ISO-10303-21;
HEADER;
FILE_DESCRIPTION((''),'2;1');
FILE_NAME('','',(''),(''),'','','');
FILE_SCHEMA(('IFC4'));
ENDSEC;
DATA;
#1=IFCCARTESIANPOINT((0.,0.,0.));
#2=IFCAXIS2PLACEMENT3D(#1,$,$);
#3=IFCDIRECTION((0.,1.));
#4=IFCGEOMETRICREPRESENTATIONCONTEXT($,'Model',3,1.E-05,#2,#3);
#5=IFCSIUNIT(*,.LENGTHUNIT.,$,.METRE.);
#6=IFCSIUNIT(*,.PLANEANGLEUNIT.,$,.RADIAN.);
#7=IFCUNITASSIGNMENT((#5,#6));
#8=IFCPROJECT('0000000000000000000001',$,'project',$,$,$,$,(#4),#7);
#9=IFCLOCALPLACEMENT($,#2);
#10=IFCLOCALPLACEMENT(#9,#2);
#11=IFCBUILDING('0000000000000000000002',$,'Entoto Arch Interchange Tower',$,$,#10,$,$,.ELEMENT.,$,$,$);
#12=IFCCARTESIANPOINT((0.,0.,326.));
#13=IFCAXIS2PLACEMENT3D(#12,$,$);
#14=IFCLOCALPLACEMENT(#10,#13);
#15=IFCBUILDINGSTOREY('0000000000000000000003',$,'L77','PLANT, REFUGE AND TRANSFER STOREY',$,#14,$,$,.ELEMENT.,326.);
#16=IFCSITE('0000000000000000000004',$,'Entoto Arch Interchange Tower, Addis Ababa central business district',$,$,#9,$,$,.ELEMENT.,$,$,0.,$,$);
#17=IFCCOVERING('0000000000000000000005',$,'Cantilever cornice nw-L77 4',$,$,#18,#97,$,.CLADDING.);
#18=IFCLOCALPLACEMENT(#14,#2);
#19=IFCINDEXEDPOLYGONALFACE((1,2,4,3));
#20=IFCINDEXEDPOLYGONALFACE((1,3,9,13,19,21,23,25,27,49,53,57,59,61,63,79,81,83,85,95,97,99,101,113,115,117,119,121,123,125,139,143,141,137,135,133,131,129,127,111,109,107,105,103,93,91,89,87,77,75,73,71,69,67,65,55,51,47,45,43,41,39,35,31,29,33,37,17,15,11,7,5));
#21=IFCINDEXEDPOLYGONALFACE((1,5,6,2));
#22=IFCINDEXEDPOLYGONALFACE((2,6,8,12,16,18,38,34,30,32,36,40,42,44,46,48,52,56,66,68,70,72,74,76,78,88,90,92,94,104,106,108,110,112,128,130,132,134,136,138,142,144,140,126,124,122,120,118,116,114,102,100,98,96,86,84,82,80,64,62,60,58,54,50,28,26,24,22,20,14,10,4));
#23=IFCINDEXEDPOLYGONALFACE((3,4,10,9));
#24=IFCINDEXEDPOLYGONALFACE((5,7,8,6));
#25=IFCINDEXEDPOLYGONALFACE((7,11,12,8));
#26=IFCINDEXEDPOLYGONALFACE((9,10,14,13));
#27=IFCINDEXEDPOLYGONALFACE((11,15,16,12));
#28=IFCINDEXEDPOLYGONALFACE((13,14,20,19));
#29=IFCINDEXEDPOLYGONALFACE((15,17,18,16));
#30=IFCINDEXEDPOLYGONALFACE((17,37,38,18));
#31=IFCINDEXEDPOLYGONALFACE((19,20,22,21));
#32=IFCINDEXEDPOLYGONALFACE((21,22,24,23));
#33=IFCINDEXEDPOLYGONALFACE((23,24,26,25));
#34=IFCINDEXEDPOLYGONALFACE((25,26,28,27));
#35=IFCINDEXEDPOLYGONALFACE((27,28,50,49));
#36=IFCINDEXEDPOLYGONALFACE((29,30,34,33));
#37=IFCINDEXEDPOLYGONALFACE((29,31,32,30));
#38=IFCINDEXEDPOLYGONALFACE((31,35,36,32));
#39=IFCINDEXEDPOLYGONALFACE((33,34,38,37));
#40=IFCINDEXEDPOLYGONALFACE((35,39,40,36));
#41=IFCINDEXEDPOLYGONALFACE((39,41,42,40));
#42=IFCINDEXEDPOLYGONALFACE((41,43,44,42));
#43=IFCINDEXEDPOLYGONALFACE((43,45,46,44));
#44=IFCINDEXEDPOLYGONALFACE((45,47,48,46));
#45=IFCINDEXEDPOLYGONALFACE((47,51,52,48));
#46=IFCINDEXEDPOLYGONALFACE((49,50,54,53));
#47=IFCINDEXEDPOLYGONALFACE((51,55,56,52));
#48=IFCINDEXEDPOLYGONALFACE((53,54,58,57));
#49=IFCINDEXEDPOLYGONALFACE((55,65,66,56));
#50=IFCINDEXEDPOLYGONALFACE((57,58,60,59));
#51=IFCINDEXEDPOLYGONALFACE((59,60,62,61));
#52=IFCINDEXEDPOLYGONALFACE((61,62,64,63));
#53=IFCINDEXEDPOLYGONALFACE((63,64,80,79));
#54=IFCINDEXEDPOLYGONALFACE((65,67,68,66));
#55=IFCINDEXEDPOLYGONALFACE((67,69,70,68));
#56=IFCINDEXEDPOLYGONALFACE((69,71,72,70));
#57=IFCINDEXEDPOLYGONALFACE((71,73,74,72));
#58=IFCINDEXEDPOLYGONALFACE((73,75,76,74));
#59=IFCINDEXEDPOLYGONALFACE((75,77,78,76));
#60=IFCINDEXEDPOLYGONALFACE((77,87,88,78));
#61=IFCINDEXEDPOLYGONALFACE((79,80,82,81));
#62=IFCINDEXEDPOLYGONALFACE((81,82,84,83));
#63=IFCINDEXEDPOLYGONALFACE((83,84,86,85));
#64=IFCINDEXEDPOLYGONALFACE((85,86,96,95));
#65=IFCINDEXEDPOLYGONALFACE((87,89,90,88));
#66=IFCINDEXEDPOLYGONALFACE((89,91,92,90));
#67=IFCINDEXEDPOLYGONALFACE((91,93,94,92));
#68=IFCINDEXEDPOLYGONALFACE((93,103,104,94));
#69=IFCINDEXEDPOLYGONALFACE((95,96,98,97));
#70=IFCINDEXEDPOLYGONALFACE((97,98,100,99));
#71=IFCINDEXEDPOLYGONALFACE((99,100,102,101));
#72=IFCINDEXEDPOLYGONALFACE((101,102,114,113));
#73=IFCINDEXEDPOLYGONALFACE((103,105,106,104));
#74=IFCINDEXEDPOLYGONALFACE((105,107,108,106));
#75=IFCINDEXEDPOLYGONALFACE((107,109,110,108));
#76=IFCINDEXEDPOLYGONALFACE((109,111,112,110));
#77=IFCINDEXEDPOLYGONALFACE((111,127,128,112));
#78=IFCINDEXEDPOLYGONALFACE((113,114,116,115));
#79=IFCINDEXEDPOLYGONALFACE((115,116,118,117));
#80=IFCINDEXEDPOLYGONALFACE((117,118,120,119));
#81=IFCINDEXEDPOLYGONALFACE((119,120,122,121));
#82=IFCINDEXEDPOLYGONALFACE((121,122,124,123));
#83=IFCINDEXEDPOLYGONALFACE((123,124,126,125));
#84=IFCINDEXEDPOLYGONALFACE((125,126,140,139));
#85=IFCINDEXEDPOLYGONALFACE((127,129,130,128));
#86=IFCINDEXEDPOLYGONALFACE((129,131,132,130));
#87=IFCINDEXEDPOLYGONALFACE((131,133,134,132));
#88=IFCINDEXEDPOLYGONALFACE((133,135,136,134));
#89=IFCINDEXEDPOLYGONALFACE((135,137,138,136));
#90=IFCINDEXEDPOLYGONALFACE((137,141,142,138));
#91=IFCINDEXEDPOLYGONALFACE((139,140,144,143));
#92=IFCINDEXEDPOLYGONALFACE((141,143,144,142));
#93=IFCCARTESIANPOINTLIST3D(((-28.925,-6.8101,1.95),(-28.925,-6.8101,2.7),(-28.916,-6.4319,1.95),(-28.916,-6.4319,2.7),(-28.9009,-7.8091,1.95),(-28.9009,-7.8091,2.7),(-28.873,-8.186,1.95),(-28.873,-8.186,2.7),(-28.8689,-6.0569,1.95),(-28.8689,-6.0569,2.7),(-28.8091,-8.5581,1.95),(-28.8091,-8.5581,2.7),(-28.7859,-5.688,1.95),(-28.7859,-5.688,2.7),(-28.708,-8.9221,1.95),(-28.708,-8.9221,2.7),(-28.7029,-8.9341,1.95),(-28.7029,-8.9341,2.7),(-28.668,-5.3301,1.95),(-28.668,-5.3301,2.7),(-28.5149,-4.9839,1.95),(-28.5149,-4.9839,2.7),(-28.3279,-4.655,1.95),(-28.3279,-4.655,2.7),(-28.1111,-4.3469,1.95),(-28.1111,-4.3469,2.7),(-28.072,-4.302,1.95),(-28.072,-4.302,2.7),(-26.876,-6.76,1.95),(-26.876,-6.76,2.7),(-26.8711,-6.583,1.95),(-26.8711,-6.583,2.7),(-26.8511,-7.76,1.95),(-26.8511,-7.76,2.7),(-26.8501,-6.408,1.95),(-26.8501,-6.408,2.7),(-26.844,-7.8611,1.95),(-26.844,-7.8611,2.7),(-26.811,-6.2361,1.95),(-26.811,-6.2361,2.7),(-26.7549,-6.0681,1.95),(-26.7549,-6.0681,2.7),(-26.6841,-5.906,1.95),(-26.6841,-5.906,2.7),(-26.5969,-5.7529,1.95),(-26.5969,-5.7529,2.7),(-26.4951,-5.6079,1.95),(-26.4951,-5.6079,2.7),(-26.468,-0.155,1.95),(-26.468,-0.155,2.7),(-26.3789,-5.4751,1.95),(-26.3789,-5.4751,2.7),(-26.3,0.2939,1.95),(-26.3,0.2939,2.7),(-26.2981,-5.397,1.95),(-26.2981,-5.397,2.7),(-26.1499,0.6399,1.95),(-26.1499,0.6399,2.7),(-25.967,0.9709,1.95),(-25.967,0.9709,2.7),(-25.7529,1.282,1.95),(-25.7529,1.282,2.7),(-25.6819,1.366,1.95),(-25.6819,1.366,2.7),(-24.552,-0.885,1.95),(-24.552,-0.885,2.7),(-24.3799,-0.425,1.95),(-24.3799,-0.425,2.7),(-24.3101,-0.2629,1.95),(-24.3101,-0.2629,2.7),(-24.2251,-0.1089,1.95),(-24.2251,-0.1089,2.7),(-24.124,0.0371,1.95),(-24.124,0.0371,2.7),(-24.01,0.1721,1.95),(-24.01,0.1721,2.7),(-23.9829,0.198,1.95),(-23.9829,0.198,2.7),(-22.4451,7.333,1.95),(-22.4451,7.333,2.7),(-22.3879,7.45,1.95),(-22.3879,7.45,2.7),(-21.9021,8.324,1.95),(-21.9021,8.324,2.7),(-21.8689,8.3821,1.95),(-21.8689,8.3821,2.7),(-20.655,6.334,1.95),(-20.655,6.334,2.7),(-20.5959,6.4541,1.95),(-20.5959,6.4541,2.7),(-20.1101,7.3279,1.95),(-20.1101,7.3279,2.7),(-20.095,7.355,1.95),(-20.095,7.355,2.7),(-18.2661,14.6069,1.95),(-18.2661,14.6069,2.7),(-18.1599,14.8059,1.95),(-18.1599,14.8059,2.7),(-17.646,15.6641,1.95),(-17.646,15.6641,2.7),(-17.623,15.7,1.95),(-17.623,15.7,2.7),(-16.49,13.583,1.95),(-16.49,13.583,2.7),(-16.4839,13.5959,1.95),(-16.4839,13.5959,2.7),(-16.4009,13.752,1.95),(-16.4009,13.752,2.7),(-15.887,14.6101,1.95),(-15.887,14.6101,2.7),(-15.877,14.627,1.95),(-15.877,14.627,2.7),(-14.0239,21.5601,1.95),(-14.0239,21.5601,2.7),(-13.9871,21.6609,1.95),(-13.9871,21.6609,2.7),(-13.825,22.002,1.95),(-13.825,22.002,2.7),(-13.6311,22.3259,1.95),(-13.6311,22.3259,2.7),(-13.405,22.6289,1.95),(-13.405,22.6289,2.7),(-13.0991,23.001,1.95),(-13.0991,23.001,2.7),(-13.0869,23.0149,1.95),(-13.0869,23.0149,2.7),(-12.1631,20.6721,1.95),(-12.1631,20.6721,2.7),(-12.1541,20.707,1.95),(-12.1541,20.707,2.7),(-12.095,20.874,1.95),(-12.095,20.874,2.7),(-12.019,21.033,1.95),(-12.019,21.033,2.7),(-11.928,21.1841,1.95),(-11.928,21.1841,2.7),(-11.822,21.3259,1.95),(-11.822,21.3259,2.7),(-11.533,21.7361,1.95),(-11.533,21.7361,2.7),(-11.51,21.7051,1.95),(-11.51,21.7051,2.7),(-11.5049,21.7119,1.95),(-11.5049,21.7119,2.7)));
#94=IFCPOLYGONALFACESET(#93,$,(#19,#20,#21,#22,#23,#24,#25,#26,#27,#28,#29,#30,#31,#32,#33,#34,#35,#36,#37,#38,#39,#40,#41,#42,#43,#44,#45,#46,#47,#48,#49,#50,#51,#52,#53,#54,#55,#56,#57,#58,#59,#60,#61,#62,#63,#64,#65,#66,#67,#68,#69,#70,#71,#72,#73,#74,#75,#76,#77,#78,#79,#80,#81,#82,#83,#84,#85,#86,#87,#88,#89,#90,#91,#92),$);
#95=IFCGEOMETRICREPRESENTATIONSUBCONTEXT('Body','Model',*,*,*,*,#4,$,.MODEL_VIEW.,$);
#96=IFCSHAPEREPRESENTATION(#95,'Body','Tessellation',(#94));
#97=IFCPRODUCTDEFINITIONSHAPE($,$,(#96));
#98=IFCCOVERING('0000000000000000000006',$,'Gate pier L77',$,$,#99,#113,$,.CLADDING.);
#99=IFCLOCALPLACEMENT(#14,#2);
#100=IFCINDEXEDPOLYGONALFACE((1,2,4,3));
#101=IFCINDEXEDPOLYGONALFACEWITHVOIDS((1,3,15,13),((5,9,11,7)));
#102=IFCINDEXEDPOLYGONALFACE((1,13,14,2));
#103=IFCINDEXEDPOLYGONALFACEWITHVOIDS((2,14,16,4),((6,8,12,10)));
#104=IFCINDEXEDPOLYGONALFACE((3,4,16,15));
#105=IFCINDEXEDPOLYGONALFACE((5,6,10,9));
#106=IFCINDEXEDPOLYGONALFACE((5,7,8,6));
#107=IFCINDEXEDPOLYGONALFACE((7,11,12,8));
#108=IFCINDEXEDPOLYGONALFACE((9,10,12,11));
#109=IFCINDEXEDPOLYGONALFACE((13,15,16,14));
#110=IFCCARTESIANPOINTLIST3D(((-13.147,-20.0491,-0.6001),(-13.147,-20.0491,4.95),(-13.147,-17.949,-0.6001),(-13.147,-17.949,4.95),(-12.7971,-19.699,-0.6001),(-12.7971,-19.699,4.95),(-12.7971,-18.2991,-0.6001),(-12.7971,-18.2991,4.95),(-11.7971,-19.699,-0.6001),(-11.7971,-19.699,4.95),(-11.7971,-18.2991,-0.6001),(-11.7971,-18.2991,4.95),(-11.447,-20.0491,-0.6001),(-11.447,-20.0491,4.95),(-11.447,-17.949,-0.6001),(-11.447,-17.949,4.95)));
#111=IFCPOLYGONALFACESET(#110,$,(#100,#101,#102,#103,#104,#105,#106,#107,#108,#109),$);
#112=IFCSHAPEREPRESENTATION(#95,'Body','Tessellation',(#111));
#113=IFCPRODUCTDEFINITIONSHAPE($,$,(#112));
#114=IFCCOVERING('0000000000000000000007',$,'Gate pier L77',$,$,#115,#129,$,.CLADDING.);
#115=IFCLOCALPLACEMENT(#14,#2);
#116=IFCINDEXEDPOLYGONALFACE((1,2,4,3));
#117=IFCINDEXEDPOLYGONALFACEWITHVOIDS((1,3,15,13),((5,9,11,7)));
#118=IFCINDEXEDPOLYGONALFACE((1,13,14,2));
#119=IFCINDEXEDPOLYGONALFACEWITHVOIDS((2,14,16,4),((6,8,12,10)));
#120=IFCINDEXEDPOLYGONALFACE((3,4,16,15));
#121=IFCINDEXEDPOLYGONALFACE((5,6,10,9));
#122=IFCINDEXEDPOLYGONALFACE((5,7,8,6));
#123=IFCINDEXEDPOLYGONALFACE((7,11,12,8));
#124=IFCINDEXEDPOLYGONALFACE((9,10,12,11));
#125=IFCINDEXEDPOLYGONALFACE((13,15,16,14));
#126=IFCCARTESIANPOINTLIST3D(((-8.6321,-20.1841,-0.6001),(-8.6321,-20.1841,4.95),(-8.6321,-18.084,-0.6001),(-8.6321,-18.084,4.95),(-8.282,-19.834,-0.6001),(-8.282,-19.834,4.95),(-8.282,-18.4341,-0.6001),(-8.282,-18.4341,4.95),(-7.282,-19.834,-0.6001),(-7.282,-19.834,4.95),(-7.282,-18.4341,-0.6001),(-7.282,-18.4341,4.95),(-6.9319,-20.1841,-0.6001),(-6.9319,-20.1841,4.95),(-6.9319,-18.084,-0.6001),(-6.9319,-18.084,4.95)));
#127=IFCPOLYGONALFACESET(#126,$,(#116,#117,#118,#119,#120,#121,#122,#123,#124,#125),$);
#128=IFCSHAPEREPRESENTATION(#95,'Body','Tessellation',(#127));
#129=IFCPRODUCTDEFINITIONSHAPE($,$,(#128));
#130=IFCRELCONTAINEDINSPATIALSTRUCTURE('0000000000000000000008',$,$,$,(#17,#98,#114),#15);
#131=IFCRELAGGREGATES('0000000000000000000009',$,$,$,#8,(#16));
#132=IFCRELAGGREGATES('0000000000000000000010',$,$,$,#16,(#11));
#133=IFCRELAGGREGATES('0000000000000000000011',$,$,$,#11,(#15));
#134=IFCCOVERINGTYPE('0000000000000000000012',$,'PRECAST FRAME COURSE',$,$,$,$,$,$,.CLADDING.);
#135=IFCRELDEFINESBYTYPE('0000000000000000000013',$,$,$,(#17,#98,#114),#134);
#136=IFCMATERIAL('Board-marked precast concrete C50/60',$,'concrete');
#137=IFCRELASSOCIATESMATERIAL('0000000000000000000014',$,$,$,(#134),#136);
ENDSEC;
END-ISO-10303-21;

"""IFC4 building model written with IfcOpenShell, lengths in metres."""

from ifc_helpers import new_model, si_unit, direction, frame, origin, place, context, subcontext, project, spatial, polyline, outline, extrude, material, type_object, element, save


model = new_model("IFC4")

# Units and contexts
model_context = context("Model", 3, precision=1e-05, world=origin(), true_north=direction((0.0, 1.0)))
body_context = subcontext(model_context, "Body", "Model", "MODEL_VIEW")
ifc_project = project(units=[si_unit("LENGTHUNIT", "METRE"), si_unit("PLANEANGLEUNIT", "RADIAN")], contexts=[model_context])

# Site, building, storey
site_placement = place(None, origin())
site = spatial("IfcSite", under=ifc_project, at=site_placement, Name="Entoto Arch Interchange Tower, Addis Ababa central business district", CompositionType="ELEMENT", RefElevation=0.0)
building_placement = place(site_placement, origin())
building = spatial("IfcBuilding", under=site, at=building_placement, Name="Entoto Arch Interchange Tower", CompositionType="ELEMENT")
storey_placement = place(building_placement, frame((0.0, 0.0, 326.0)))
storey = spatial("IfcBuildingStorey", under=building, at=storey_placement, Name="L77", Description="PLANT, REFUGE AND TRANSFER STOREY", CompositionType="ELEMENT", Elevation=326.0)

# Coverings
ifc_material_1 = material(Name="Board-marked precast concrete C50/60", Category="concrete")
covering_type = type_object("IfcCoveringType", Name="PRECAST FRAME COURSE", PredefinedType="CLADDING", material=ifc_material_1)
covering_1_placement = place(storey_placement, frame((0.0, 0.0, 1.95)))
element("IfcCovering", 1, at=covering_1_placement, inside=storey, type_object=covering_type, Name="Cantilever cornice nw-L77 4", PredefinedType="CLADDING", context=body_context, shape_type="SweptSolid", body=[
    extrude(outline(polyline([(-11.533, 21.7361), (-11.533, 21.7361), (-11.5049, 21.7119), (-11.51, 21.7051), (-11.822, 21.3259), (-11.928, 21.1841), (-12.019, 21.033), (-12.095, 20.874), (-12.1541, 20.707), (-12.1631, 20.6721), (-15.877, 14.627), (-15.887, 14.6101), (-16.4009, 13.752), (-16.4839, 13.5959), (-16.49, 13.583), (-20.095, 7.355), (-20.1101, 7.3279), (-20.5959, 6.4541), (-20.655, 6.334), (-23.9829, 0.198), (-24.01, 0.1721), (-24.124, 0.0371), (-24.2251, -0.1089), (-24.3101, -0.2629), (-24.3799, -0.425), (-24.552, -0.885), (-26.2981, -5.397), (-26.3789, -5.4751), (-26.4951, -5.6079), (-26.5969, -5.7529), (-26.6841, -5.906), (-26.7549, -6.0681), (-26.811, -6.2361), (-26.8501, -6.408), (-26.8711, -6.583), (-26.876, -6.76), (-26.8511, -7.76), (-26.844, -7.8611), (-28.7029, -8.9341), (-28.708, -8.9221), (-28.8091, -8.5581), (-28.873, -8.186), (-28.9009, -7.8091), (-28.925, -6.8101), (-28.916, -6.4319), (-28.8689, -6.0569), (-28.7859, -5.688), (-28.668, -5.3301), (-28.5149, -4.9839), (-28.3279, -4.655), (-28.1111, -4.3469), (-28.072, -4.302), (-26.468, -0.155), (-26.3, 0.2939), (-26.1499, 0.6399), (-25.967, 0.9709), (-25.7529, 1.282), (-25.6819, 1.366), (-22.4451, 7.333), (-22.3879, 7.45), (-21.9021, 8.324), (-21.8689, 8.3821), (-18.2661, 14.6069), (-18.1599, 14.8059), (-17.646, 15.6641), (-17.623, 15.7), (-14.0239, 21.5601), (-13.9871, 21.6609), (-13.825, 22.002), (-13.6311, 22.3259), (-13.405, 22.6289), (-13.0991, 23.001), (-13.0869, 23.0149), (-11.533, 21.7361)])), origin(), (0.0, 0.0, 1.0), 0.75),
])
covering_2_placement = place(storey_placement, frame((0.0, 0.0, -0.6001)))
element("IfcCovering", 2, at=covering_2_placement, inside=storey, type_object=covering_type, Name="Gate pier L77", PredefinedType="CLADDING", context=body_context, shape_type="SweptSolid", body=[
    extrude(outline(polyline([(-13.147, -17.949), (-11.447, -17.949), (-11.447, -20.0491), (-13.147, -20.0491), (-13.147, -17.949)]), holes=[polyline([(-12.7971, -18.2991), (-12.7971, -19.699), (-11.7971, -19.699), (-11.7971, -18.2991), (-12.7971, -18.2991)])]), origin(), (0.0, 0.0, 1.0), 5.55),
])
covering_3_placement = place(storey_placement, frame((0.0, 0.0, -0.6001)))
element("IfcCovering", 3, at=covering_3_placement, inside=storey, type_object=covering_type, Name="Gate pier L77", PredefinedType="CLADDING", context=body_context, shape_type="SweptSolid", body=[
    extrude(outline(polyline([(-8.6321, -18.084), (-6.9319, -18.084), (-6.9319, -20.1841), (-8.6321, -20.1841), (-8.6321, -18.084)]), holes=[polyline([(-8.282, -18.4341), (-8.282, -19.834), (-7.282, -19.834), (-7.282, -18.4341), (-8.282, -18.4341)])]), origin(), (0.0, 0.0, 1.0), 5.55),
])

save(model, "model.ifc")
